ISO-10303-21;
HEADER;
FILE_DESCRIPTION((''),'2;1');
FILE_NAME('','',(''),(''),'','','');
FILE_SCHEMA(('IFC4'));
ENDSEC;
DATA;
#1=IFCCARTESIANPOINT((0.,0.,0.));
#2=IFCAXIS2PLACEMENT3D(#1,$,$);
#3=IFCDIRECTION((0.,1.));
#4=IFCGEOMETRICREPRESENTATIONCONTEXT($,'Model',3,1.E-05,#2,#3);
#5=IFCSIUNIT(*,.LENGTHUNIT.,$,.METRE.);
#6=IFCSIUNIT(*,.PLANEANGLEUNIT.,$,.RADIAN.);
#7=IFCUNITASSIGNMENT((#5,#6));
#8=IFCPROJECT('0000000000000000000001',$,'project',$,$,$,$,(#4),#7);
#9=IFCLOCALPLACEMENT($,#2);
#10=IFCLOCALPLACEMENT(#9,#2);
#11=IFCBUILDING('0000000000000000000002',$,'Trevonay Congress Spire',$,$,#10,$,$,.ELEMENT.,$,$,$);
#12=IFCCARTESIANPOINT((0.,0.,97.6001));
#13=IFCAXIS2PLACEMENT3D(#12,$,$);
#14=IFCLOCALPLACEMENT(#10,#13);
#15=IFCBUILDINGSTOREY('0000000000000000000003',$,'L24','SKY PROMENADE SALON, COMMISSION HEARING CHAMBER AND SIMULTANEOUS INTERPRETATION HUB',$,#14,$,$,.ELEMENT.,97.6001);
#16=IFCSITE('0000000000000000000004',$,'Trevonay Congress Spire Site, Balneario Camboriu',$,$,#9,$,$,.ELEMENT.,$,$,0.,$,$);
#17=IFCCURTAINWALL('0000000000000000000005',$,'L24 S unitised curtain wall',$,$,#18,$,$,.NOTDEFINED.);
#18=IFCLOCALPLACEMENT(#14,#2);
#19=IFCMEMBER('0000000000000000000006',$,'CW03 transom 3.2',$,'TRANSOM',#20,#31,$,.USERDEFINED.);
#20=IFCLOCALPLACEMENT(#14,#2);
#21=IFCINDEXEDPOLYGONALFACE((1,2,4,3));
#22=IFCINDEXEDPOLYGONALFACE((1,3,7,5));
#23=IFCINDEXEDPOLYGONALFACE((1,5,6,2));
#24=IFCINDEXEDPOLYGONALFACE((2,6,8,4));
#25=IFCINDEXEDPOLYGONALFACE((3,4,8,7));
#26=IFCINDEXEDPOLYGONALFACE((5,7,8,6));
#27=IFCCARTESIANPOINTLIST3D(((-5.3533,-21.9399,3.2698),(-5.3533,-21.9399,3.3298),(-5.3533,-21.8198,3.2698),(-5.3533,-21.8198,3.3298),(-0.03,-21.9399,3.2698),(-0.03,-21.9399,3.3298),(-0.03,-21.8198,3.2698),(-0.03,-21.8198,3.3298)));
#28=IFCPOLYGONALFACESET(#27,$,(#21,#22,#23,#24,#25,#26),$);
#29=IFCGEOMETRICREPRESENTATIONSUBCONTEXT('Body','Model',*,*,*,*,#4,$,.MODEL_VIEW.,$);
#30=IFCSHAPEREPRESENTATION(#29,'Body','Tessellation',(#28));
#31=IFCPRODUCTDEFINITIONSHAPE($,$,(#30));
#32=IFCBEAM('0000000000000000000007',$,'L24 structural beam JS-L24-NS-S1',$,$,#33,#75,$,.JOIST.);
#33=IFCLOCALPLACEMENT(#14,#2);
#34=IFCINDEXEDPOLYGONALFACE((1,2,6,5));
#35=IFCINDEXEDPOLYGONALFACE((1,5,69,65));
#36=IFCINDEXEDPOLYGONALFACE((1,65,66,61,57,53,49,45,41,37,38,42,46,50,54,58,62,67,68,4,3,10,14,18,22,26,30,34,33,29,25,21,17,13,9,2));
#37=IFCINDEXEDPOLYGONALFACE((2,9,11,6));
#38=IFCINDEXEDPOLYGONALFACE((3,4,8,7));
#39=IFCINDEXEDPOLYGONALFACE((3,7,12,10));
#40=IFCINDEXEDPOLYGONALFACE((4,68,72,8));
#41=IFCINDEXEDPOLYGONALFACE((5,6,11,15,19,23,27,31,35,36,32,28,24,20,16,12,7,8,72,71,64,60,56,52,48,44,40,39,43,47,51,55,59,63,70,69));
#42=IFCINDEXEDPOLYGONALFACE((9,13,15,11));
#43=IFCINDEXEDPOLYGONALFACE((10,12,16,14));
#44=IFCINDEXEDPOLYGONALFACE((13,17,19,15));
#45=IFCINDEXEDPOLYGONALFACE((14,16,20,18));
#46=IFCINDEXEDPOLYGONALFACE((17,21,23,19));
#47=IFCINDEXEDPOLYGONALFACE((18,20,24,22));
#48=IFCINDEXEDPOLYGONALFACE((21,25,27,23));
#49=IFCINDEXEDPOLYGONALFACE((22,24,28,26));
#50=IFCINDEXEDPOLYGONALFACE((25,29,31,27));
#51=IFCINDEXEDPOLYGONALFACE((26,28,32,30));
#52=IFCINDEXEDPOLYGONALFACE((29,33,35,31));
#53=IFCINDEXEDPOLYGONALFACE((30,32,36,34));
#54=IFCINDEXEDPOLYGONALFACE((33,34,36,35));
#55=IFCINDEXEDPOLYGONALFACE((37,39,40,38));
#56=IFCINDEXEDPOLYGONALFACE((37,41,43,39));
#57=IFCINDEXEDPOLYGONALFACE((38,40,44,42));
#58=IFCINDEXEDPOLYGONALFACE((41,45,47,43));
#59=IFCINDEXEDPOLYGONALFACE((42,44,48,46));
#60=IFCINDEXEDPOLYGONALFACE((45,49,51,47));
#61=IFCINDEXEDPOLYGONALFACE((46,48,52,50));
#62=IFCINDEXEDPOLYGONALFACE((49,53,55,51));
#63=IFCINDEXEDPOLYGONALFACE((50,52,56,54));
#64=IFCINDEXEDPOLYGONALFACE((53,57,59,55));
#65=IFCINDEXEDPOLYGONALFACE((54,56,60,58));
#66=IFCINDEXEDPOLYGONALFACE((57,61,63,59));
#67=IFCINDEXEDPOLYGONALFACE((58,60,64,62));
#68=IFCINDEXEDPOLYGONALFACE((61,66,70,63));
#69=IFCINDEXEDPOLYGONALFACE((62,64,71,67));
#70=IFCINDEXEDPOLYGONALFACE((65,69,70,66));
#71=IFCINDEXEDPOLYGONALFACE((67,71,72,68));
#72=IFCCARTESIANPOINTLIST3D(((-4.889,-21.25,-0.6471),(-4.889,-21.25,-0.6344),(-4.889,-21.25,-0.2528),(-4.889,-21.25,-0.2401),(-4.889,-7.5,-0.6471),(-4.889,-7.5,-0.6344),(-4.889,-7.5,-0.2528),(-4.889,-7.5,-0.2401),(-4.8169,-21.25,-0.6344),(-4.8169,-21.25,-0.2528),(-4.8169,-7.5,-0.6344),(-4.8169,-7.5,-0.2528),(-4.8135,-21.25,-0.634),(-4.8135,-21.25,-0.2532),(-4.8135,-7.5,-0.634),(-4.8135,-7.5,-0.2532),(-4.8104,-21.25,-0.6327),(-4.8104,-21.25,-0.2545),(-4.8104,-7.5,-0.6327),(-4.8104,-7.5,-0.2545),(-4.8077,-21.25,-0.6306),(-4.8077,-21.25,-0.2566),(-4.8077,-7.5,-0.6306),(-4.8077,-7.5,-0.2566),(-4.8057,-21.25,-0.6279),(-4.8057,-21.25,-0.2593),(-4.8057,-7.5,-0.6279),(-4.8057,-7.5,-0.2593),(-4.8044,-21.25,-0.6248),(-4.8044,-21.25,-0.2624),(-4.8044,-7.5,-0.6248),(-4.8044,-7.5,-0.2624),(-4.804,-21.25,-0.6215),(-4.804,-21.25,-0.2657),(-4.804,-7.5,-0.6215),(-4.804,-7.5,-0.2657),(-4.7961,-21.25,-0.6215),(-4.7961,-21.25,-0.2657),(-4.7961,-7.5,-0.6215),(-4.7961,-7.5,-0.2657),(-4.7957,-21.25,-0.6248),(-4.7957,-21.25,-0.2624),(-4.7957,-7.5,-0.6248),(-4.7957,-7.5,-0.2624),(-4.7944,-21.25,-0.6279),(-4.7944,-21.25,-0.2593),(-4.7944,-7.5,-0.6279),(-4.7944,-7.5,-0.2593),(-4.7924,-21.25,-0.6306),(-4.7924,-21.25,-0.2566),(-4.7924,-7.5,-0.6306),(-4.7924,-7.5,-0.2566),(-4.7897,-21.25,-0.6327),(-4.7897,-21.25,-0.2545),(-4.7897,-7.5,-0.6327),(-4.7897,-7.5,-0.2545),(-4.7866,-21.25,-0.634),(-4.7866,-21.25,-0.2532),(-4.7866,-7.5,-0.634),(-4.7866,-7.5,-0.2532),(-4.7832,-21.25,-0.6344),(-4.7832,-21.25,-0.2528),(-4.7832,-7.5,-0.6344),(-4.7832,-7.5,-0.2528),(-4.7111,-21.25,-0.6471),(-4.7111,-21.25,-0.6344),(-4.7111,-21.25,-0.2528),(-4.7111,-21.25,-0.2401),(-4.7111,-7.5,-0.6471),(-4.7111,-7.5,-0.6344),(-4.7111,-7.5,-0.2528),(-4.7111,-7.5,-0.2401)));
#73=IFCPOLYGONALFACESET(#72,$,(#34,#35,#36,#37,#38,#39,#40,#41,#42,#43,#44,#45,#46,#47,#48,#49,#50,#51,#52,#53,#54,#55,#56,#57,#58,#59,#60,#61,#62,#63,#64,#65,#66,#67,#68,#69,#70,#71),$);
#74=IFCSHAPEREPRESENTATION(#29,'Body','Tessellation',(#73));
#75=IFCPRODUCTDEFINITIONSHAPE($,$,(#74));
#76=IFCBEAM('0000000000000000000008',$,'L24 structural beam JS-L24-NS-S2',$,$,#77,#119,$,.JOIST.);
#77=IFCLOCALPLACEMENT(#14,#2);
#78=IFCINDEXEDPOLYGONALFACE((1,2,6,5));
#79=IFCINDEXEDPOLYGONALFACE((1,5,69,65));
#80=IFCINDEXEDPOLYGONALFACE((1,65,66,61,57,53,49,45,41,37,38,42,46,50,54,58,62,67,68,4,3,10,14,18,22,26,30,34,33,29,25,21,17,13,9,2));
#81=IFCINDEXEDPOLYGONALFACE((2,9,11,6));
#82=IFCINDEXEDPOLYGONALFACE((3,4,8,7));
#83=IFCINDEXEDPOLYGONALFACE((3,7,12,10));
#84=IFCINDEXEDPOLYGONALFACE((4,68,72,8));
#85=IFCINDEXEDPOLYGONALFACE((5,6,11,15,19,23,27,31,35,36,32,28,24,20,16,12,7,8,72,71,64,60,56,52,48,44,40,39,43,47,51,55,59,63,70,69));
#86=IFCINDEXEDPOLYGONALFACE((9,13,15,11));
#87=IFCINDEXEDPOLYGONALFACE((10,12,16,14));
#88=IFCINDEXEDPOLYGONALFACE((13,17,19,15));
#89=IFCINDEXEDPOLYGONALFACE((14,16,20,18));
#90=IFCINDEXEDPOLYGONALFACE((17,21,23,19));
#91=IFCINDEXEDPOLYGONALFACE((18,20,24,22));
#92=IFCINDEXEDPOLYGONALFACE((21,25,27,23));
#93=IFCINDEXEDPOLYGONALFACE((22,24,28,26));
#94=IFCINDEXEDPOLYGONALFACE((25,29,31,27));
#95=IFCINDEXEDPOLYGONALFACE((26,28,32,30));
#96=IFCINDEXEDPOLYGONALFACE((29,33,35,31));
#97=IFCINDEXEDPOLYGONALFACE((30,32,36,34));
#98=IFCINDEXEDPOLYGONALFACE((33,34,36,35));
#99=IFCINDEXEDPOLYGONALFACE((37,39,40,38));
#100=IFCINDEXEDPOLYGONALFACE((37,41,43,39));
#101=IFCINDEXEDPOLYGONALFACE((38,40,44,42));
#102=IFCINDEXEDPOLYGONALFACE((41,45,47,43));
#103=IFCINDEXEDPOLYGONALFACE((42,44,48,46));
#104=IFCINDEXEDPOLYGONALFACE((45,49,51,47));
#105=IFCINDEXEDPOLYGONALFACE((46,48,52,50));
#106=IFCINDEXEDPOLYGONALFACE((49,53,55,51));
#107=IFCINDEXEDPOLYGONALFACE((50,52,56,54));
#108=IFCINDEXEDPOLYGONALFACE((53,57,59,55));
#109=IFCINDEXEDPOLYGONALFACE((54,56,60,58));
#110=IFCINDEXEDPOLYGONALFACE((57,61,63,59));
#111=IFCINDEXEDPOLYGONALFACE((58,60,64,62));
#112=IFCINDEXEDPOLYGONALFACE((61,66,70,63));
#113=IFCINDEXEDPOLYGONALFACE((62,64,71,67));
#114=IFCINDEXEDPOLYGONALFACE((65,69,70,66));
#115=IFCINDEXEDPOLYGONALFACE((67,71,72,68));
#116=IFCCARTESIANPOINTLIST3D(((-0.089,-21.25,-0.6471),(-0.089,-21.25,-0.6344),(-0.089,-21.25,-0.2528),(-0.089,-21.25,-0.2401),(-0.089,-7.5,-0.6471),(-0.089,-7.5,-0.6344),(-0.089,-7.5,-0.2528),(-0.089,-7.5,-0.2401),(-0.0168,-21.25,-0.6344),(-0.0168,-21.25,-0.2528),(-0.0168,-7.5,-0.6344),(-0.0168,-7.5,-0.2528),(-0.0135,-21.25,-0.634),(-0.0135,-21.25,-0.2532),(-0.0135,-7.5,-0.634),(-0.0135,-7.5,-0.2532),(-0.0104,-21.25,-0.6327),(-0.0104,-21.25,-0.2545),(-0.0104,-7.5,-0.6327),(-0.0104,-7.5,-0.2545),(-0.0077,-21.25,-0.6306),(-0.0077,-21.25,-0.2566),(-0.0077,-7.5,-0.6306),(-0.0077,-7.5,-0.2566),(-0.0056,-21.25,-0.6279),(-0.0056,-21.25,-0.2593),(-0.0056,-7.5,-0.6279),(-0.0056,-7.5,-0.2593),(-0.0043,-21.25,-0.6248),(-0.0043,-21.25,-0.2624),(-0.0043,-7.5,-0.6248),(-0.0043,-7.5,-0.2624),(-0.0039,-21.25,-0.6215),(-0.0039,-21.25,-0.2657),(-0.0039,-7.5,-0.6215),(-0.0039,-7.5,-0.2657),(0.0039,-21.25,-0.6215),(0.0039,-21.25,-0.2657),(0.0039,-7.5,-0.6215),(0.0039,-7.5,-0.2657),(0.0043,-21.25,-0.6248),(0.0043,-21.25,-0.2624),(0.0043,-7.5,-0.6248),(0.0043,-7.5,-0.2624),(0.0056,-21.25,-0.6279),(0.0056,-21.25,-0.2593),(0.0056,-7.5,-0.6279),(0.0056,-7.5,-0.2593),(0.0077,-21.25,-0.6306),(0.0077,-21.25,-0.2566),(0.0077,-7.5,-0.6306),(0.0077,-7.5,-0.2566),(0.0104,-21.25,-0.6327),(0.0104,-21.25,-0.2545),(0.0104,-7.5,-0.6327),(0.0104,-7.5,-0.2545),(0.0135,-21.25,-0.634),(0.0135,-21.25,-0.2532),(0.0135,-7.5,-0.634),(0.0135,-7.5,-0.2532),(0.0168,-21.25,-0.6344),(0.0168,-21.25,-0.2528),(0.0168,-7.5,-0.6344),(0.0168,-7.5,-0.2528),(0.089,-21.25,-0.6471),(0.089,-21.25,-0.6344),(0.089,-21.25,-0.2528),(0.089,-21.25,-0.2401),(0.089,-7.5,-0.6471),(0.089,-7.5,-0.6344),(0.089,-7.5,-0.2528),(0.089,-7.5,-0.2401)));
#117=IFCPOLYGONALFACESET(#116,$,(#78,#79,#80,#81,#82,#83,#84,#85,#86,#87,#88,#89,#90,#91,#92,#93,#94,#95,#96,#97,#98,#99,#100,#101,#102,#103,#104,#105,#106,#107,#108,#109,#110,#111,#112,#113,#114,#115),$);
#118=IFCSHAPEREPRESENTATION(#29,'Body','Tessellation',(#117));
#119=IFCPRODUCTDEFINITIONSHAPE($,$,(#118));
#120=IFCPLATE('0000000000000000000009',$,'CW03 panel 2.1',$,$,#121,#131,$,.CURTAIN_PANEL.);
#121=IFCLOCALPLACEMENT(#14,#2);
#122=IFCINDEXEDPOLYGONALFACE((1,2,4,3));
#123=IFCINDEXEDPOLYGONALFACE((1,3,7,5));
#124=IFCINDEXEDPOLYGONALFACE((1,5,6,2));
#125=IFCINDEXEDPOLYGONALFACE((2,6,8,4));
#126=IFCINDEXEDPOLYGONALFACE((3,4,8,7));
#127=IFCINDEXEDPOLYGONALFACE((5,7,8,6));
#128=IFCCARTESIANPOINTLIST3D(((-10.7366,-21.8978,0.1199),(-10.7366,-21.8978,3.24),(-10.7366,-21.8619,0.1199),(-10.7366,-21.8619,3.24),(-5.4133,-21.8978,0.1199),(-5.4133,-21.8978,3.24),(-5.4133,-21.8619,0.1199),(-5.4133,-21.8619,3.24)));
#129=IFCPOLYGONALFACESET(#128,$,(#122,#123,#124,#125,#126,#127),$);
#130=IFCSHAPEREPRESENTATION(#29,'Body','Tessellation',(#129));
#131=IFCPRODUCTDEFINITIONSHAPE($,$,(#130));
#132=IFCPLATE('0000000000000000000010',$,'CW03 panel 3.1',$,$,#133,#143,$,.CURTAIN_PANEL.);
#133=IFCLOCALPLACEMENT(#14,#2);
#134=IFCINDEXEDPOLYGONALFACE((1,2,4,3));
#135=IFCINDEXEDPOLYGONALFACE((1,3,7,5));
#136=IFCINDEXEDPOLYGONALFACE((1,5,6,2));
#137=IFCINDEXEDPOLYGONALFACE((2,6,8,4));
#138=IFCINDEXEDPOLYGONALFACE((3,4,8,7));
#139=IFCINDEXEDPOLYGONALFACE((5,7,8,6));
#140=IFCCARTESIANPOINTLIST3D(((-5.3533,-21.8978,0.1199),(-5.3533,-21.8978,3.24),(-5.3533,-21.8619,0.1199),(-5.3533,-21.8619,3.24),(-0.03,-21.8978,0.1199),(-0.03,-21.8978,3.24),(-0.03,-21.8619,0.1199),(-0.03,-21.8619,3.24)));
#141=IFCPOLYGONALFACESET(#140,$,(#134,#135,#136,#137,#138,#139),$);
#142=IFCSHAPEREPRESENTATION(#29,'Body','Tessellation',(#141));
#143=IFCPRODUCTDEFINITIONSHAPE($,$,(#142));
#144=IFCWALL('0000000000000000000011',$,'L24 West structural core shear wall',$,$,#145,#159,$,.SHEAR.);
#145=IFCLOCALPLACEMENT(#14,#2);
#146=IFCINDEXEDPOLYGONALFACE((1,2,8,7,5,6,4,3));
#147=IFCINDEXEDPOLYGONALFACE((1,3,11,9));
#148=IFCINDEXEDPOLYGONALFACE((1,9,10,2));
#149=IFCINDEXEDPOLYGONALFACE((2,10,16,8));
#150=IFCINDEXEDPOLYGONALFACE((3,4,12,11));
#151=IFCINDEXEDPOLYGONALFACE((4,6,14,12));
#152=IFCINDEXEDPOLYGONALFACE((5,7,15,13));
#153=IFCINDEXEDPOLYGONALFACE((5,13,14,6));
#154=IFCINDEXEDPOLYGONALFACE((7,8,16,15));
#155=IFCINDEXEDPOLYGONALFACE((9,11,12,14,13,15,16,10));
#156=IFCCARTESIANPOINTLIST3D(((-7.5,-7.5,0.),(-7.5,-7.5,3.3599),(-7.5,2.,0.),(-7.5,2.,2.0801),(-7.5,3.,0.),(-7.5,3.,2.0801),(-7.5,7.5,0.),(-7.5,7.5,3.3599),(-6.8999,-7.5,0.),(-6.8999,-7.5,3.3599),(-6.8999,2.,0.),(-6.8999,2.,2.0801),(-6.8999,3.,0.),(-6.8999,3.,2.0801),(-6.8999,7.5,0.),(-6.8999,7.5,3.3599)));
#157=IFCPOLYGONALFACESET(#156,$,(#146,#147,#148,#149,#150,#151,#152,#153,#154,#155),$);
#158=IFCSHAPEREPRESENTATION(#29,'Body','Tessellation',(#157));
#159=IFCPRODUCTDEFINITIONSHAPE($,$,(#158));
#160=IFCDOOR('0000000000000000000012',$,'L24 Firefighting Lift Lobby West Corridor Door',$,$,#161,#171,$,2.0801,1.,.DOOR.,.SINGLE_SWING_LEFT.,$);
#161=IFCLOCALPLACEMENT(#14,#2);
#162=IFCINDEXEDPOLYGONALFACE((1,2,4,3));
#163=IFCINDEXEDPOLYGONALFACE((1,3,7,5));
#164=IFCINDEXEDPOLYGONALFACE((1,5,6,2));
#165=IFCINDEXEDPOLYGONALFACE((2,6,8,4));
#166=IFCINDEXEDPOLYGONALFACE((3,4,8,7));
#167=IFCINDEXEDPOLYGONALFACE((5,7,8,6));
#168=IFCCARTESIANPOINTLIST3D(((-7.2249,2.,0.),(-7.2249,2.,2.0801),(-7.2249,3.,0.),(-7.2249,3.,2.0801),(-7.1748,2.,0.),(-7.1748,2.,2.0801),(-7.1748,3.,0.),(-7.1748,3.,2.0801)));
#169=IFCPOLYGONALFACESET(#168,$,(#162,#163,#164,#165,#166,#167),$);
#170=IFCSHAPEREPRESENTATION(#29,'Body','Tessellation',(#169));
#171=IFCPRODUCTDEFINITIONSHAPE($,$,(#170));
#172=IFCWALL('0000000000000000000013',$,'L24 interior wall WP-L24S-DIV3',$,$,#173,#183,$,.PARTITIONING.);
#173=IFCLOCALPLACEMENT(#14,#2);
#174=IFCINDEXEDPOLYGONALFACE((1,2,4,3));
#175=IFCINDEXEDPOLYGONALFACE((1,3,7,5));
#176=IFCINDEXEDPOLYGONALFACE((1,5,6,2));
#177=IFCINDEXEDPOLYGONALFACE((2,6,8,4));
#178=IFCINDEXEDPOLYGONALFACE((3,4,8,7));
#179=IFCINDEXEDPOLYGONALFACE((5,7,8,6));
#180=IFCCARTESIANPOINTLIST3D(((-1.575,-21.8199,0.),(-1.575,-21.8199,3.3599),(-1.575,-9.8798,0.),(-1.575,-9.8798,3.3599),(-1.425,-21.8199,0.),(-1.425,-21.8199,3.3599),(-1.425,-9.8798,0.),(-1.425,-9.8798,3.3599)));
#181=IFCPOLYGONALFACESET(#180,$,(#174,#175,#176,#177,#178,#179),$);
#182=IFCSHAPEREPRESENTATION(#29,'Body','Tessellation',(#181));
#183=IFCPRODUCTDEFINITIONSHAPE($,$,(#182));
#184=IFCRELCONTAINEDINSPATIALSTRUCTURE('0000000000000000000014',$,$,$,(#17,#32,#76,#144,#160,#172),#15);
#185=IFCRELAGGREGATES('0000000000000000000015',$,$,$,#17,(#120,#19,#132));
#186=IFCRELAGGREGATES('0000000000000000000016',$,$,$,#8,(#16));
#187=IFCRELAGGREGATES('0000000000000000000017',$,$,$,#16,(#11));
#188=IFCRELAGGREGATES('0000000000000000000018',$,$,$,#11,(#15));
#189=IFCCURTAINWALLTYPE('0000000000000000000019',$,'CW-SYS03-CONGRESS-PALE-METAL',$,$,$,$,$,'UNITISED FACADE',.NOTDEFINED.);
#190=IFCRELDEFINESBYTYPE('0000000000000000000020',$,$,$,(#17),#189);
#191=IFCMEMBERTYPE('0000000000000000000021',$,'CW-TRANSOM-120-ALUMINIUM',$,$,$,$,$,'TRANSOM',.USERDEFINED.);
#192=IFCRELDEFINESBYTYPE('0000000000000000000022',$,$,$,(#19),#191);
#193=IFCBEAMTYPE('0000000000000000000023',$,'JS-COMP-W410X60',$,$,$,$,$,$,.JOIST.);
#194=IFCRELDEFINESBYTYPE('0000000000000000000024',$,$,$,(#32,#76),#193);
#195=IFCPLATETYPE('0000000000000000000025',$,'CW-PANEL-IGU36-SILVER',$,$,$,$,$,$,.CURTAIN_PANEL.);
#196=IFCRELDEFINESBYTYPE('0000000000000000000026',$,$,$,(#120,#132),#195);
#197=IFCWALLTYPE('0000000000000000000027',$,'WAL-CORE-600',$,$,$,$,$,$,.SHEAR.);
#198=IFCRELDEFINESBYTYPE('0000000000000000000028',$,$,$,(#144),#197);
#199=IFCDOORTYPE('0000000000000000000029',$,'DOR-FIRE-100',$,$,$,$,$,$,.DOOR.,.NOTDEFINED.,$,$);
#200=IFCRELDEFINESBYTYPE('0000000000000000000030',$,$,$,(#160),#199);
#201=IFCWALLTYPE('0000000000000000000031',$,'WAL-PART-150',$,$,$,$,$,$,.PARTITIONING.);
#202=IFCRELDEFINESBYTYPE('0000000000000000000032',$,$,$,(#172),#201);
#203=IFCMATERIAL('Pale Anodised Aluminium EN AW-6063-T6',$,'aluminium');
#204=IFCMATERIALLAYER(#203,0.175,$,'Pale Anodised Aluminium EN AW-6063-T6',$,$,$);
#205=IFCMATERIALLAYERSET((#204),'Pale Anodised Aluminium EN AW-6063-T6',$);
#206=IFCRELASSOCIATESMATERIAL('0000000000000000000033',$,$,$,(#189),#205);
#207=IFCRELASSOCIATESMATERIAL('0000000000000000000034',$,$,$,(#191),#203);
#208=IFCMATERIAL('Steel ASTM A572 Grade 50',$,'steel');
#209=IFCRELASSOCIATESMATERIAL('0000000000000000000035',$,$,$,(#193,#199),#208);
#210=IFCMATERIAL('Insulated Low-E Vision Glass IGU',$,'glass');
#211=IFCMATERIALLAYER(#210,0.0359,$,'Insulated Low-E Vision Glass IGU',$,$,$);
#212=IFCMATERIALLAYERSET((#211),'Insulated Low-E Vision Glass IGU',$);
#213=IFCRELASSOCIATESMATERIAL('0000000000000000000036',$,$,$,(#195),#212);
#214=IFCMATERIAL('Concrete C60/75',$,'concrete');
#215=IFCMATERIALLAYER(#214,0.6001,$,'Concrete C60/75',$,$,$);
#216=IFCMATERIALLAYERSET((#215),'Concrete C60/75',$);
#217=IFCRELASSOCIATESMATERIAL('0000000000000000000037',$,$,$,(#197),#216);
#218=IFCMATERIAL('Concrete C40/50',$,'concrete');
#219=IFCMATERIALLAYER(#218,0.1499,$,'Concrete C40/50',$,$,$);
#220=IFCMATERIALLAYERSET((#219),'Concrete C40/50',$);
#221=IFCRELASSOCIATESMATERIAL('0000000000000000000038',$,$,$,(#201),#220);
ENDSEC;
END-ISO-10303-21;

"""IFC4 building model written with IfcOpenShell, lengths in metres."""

from ifc_helpers import new_model, si_unit, direction, frame, frame_2d, origin, origin_2d, place, context, subcontext, project, spatial, rectangle, i_section, extrude, material, layer, layer_set, material_profile, profile_set, type_object, element, fill, aggregate, save


model = new_model("IFC4")

# Units and contexts
model_context = context("Model", 3, precision=1e-05, world=origin(), true_north=direction((0.0, 1.0)))
body_context = subcontext(model_context, "Body", "Model", "MODEL_VIEW")
ifc_project = project(units=[si_unit("LENGTHUNIT", "METRE"), si_unit("PLANEANGLEUNIT", "RADIAN")], contexts=[model_context])

# Site, building, storey
site_placement = place(None, origin())
site = spatial("IfcSite", under=ifc_project, at=site_placement, Name="Trevonay Congress Spire Site, Balneario Camboriu", CompositionType="ELEMENT", RefElevation=0.0)
building_placement = place(site_placement, origin())
building = spatial("IfcBuilding", under=site, at=building_placement, Name="Trevonay Congress Spire", CompositionType="ELEMENT")
storey_placement = place(building_placement, frame((0.0, 0.0, 97.6001)))
storey = spatial("IfcBuildingStorey", under=building, at=storey_placement, Name="L24", Description="SKY PROMENADE SALON, COMMISSION HEARING CHAMBER AND SIMULTANEOUS INTERPRETATION HUB", CompositionType="ELEMENT", Elevation=97.6001)

# Shared definitions
ifc_material_1 = material(Name="Steel ASTM A572 Grade 50", Category="steel")

# Curtain wall, member
ifc_material_2 = material(Name="Pale Anodised Aluminium EN AW-6063-T6", Category="aluminium")
ifc_layer_1 = layer(ifc_material_2, 0.175, Name="Pale Anodised Aluminium EN AW-6063-T6")
ifc_layer_set_1 = layer_set([ifc_layer_1], Name="Pale Anodised Aluminium EN AW-6063-T6")
curtain_wall_type = type_object("IfcCurtainWallType", Name="CW-SYS03-CONGRESS-PALE-METAL", ElementType="UNITISED FACADE", PredefinedType="NOTDEFINED", material=ifc_layer_set_1)
curtain_wall_placement = place(storey_placement, origin())
curtain_wall = element("IfcCurtainWall", 1, at=curtain_wall_placement, inside=storey, type_object=curtain_wall_type, Name="L24 S unitised curtain wall", PredefinedType="NOTDEFINED")
ifc_material_profile_1 = material_profile(ifc_material_2, rectangle(XDim=0.1201, YDim=0.0601, at=origin_2d()), Name="CW-TRANSOM-120-ALUMINIUM")
ifc_profile_set_1 = profile_set([ifc_material_profile_1], Name="Pale Anodised Aluminium EN AW-6063-T6")
member_type_1 = type_object("IfcMemberType", Name="CW-TRANSOM-120-ALUMINIUM", ElementType="TRANSOM", PredefinedType="USERDEFINED", material=ifc_profile_set_1)
member_1_placement = place(storey_placement, frame((-5.3533, -21.8799, 3.2998), z_axis=(1.0, 0.0, 0.0), x_axis=(0.0, 1.0, 0.0)))
member_1 = element("IfcMember", 2, at=member_1_placement, type_object=member_type_1, Name="CW03 transom 3.2", ObjectType="TRANSOM", PredefinedType="USERDEFINED", context=body_context, shape_type="SweptSolid", body=[
    extrude(rectangle(XDim=0.1201, YDim=0.0601, at=origin_2d()), origin(), (0.0, 0.0, 1.0), 5.3232),
])

# Beams
ifc_material_profile_2 = material_profile(ifc_material_1, i_section(OverallWidth=0.178, OverallDepth=0.407, WebThickness=0.0078, FlangeThickness=0.0127, FilletRadius=0.0129, at=origin_2d()), Name="W410x60")
ifc_profile_set_2 = profile_set([ifc_material_profile_2], Name="Steel ASTM A572 Grade 50")
beam_type_1 = type_object("IfcBeamType", Name="JS-COMP-W410X60", PredefinedType="JOIST", material=ifc_profile_set_2)
for number, where, z_axis, x_axis, name in (
    (3, (-4.8, -21.25, -0.4436), (0.0, 1.0, 0.0), (-1.0, 0.0, 0.0), "L24 structural beam JS-L24-NS-S1"),
    (4, (0.0, -21.25, -0.4436), (0.0, 1.0, 0.0), (-1.0, 0.0, 0.0), "L24 structural beam JS-L24-NS-S2"),
):
    element("IfcBeam", number, at=place(storey_placement, frame(where, z_axis=z_axis, x_axis=x_axis)), inside=storey, type_object=beam_type_1, Name=name, PredefinedType="JOIST", context=body_context, shape_type="SweptSolid", body=[
        extrude(i_section(OverallWidth=0.178, OverallDepth=0.407, WebThickness=0.0078, FlangeThickness=0.0127, FilletRadius=0.0129, at=origin_2d()), origin(), (0.0, 0.0, 1.0), 13.75),
    ])

# Plates
ifc_material_3 = material(Name="Insulated Low-E Vision Glass IGU", Category="glass")
ifc_layer_2 = layer(ifc_material_3, 0.0359, Name="Insulated Low-E Vision Glass IGU")
ifc_layer_set_2 = layer_set([ifc_layer_2], Name="Insulated Low-E Vision Glass IGU")
plate_type = type_object("IfcPlateType", Name="CW-PANEL-IGU36-SILVER", PredefinedType="CURTAIN_PANEL", material=ifc_layer_set_2)
plate_1_placement = place(storey_placement, frame((-8.075, -21.8799, 0.1199), z_axis=(0.0, 0.0, 1.0), x_axis=(1.0, 0.0, 0.0)))
plate_1 = element("IfcPlate", 5, at=plate_1_placement, type_object=plate_type, Name="CW03 panel 2.1", PredefinedType="CURTAIN_PANEL", context=body_context, shape_type="SweptSolid", body=[
    extrude(rectangle(XDim=5.3232, YDim=0.0359, at=origin_2d()), origin(), (0.0, 0.0, 1.0), 3.1201),
])
plate_2_placement = place(storey_placement, frame((-2.6917, -21.8799, 0.1199), z_axis=(0.0, 0.0, 1.0), x_axis=(1.0, 0.0, 0.0)))
plate_2 = element("IfcPlate", 6, at=plate_2_placement, type_object=plate_type, Name="CW03 panel 3.1", PredefinedType="CURTAIN_PANEL", context=body_context, shape_type="SweptSolid", body=[
    extrude(rectangle(XDim=5.3232, YDim=0.0359, at=origin_2d()), origin(), (0.0, 0.0, 1.0), 3.1201),
])
aggregate(curtain_wall, [plate_1, member_1, plate_2])

# Wall, opening, door
ifc_material_4 = material(Name="Concrete C60/75", Category="concrete")
ifc_layer_3 = layer(ifc_material_4, 0.6001, Name="Concrete C60/75")
ifc_layer_set_3 = layer_set([ifc_layer_3], Name="Concrete C60/75")
wall_type_1 = type_object("IfcWallType", Name="WAL-CORE-600", PredefinedType="SHEAR", material=ifc_layer_set_3)
wall_1_placement = place(storey_placement, frame((-7.2, -7.5, 0.0), z_axis=(0.0, 0.0, 1.0), x_axis=(0.0, 1.0, 0.0)))
wall_1 = element("IfcWall", 7, at=wall_1_placement, inside=storey, type_object=wall_type_1, Name="L24 West structural core shear wall", PredefinedType="SHEAR", context=body_context, shape_type="SweptSolid", body=[
    extrude(rectangle(XDim=15.0, YDim=0.6001, at=frame_2d((7.5, 0.0))), origin(), (0.0, 0.0, 1.0), 3.3599),
])
opening_placement = place(wall_1_placement, frame((9.5, 0.0, 0.0)))
opening = element("IfcOpeningElement", 8, at=opening_placement, cuts=wall_1, PredefinedType="OPENING", context=body_context, shape_type="SweptSolid", body=[
    extrude(rectangle(XDim=1.0, YDim=2.0801, at=frame_2d((0.5, 1.04))), frame((0.0, 0.3101, 0.0), z_axis=(0.0, -1.0, 0.0), x_axis=(1.0, 0.0, 0.0)), (0.0, 0.0, 1.0), 0.6201),
])
door_type = type_object("IfcDoorType", Name="DOR-FIRE-100", OperationType="NOTDEFINED", PredefinedType="DOOR", material=ifc_material_1)
door_placement = place(opening_placement, origin())
door = element("IfcDoor", 9, at=door_placement, inside=storey, type_object=door_type, Name="L24 Firefighting Lift Lobby West Corridor Door", OperationType="SINGLE_SWING_LEFT", OverallHeight=2.0801, OverallWidth=1.0, PredefinedType="DOOR", context=body_context, shape_type="SweptSolid", body=[
    extrude(rectangle(XDim=1.0, YDim=2.0801, at=frame_2d((0.5, 1.04))), frame((0.0, 0.0249, 0.0), z_axis=(0.0, -1.0, 0.0), x_axis=(1.0, 0.0, 0.0)), (0.0, 0.0, 1.0), 0.05),
])
fill(opening, door)

# Wall
ifc_material_5 = material(Name="Concrete C40/50", Category="concrete")
ifc_layer_4 = layer(ifc_material_5, 0.1499, Name="Concrete C40/50")
ifc_layer_set_4 = layer_set([ifc_layer_4], Name="Concrete C40/50")
wall_type_2 = type_object("IfcWallType", Name="WAL-PART-150", PredefinedType="PARTITIONING", material=ifc_layer_set_4)
wall_2_placement = place(storey_placement, frame((-1.5, -21.8201, 0.0), z_axis=(0.0, 0.0, 1.0), x_axis=(0.0, 1.0, 0.0)))
element("IfcWall", 10, at=wall_2_placement, inside=storey, type_object=wall_type_2, Name="L24 interior wall WP-L24S-DIV3", PredefinedType="PARTITIONING", context=body_context, shape_type="SweptSolid", body=[
    extrude(rectangle(XDim=11.9402, YDim=0.1499, at=frame_2d((5.9702, 0.0))), origin(), (0.0, 0.0, 1.0), 3.3599),
])

save(model, "model.ifc")
